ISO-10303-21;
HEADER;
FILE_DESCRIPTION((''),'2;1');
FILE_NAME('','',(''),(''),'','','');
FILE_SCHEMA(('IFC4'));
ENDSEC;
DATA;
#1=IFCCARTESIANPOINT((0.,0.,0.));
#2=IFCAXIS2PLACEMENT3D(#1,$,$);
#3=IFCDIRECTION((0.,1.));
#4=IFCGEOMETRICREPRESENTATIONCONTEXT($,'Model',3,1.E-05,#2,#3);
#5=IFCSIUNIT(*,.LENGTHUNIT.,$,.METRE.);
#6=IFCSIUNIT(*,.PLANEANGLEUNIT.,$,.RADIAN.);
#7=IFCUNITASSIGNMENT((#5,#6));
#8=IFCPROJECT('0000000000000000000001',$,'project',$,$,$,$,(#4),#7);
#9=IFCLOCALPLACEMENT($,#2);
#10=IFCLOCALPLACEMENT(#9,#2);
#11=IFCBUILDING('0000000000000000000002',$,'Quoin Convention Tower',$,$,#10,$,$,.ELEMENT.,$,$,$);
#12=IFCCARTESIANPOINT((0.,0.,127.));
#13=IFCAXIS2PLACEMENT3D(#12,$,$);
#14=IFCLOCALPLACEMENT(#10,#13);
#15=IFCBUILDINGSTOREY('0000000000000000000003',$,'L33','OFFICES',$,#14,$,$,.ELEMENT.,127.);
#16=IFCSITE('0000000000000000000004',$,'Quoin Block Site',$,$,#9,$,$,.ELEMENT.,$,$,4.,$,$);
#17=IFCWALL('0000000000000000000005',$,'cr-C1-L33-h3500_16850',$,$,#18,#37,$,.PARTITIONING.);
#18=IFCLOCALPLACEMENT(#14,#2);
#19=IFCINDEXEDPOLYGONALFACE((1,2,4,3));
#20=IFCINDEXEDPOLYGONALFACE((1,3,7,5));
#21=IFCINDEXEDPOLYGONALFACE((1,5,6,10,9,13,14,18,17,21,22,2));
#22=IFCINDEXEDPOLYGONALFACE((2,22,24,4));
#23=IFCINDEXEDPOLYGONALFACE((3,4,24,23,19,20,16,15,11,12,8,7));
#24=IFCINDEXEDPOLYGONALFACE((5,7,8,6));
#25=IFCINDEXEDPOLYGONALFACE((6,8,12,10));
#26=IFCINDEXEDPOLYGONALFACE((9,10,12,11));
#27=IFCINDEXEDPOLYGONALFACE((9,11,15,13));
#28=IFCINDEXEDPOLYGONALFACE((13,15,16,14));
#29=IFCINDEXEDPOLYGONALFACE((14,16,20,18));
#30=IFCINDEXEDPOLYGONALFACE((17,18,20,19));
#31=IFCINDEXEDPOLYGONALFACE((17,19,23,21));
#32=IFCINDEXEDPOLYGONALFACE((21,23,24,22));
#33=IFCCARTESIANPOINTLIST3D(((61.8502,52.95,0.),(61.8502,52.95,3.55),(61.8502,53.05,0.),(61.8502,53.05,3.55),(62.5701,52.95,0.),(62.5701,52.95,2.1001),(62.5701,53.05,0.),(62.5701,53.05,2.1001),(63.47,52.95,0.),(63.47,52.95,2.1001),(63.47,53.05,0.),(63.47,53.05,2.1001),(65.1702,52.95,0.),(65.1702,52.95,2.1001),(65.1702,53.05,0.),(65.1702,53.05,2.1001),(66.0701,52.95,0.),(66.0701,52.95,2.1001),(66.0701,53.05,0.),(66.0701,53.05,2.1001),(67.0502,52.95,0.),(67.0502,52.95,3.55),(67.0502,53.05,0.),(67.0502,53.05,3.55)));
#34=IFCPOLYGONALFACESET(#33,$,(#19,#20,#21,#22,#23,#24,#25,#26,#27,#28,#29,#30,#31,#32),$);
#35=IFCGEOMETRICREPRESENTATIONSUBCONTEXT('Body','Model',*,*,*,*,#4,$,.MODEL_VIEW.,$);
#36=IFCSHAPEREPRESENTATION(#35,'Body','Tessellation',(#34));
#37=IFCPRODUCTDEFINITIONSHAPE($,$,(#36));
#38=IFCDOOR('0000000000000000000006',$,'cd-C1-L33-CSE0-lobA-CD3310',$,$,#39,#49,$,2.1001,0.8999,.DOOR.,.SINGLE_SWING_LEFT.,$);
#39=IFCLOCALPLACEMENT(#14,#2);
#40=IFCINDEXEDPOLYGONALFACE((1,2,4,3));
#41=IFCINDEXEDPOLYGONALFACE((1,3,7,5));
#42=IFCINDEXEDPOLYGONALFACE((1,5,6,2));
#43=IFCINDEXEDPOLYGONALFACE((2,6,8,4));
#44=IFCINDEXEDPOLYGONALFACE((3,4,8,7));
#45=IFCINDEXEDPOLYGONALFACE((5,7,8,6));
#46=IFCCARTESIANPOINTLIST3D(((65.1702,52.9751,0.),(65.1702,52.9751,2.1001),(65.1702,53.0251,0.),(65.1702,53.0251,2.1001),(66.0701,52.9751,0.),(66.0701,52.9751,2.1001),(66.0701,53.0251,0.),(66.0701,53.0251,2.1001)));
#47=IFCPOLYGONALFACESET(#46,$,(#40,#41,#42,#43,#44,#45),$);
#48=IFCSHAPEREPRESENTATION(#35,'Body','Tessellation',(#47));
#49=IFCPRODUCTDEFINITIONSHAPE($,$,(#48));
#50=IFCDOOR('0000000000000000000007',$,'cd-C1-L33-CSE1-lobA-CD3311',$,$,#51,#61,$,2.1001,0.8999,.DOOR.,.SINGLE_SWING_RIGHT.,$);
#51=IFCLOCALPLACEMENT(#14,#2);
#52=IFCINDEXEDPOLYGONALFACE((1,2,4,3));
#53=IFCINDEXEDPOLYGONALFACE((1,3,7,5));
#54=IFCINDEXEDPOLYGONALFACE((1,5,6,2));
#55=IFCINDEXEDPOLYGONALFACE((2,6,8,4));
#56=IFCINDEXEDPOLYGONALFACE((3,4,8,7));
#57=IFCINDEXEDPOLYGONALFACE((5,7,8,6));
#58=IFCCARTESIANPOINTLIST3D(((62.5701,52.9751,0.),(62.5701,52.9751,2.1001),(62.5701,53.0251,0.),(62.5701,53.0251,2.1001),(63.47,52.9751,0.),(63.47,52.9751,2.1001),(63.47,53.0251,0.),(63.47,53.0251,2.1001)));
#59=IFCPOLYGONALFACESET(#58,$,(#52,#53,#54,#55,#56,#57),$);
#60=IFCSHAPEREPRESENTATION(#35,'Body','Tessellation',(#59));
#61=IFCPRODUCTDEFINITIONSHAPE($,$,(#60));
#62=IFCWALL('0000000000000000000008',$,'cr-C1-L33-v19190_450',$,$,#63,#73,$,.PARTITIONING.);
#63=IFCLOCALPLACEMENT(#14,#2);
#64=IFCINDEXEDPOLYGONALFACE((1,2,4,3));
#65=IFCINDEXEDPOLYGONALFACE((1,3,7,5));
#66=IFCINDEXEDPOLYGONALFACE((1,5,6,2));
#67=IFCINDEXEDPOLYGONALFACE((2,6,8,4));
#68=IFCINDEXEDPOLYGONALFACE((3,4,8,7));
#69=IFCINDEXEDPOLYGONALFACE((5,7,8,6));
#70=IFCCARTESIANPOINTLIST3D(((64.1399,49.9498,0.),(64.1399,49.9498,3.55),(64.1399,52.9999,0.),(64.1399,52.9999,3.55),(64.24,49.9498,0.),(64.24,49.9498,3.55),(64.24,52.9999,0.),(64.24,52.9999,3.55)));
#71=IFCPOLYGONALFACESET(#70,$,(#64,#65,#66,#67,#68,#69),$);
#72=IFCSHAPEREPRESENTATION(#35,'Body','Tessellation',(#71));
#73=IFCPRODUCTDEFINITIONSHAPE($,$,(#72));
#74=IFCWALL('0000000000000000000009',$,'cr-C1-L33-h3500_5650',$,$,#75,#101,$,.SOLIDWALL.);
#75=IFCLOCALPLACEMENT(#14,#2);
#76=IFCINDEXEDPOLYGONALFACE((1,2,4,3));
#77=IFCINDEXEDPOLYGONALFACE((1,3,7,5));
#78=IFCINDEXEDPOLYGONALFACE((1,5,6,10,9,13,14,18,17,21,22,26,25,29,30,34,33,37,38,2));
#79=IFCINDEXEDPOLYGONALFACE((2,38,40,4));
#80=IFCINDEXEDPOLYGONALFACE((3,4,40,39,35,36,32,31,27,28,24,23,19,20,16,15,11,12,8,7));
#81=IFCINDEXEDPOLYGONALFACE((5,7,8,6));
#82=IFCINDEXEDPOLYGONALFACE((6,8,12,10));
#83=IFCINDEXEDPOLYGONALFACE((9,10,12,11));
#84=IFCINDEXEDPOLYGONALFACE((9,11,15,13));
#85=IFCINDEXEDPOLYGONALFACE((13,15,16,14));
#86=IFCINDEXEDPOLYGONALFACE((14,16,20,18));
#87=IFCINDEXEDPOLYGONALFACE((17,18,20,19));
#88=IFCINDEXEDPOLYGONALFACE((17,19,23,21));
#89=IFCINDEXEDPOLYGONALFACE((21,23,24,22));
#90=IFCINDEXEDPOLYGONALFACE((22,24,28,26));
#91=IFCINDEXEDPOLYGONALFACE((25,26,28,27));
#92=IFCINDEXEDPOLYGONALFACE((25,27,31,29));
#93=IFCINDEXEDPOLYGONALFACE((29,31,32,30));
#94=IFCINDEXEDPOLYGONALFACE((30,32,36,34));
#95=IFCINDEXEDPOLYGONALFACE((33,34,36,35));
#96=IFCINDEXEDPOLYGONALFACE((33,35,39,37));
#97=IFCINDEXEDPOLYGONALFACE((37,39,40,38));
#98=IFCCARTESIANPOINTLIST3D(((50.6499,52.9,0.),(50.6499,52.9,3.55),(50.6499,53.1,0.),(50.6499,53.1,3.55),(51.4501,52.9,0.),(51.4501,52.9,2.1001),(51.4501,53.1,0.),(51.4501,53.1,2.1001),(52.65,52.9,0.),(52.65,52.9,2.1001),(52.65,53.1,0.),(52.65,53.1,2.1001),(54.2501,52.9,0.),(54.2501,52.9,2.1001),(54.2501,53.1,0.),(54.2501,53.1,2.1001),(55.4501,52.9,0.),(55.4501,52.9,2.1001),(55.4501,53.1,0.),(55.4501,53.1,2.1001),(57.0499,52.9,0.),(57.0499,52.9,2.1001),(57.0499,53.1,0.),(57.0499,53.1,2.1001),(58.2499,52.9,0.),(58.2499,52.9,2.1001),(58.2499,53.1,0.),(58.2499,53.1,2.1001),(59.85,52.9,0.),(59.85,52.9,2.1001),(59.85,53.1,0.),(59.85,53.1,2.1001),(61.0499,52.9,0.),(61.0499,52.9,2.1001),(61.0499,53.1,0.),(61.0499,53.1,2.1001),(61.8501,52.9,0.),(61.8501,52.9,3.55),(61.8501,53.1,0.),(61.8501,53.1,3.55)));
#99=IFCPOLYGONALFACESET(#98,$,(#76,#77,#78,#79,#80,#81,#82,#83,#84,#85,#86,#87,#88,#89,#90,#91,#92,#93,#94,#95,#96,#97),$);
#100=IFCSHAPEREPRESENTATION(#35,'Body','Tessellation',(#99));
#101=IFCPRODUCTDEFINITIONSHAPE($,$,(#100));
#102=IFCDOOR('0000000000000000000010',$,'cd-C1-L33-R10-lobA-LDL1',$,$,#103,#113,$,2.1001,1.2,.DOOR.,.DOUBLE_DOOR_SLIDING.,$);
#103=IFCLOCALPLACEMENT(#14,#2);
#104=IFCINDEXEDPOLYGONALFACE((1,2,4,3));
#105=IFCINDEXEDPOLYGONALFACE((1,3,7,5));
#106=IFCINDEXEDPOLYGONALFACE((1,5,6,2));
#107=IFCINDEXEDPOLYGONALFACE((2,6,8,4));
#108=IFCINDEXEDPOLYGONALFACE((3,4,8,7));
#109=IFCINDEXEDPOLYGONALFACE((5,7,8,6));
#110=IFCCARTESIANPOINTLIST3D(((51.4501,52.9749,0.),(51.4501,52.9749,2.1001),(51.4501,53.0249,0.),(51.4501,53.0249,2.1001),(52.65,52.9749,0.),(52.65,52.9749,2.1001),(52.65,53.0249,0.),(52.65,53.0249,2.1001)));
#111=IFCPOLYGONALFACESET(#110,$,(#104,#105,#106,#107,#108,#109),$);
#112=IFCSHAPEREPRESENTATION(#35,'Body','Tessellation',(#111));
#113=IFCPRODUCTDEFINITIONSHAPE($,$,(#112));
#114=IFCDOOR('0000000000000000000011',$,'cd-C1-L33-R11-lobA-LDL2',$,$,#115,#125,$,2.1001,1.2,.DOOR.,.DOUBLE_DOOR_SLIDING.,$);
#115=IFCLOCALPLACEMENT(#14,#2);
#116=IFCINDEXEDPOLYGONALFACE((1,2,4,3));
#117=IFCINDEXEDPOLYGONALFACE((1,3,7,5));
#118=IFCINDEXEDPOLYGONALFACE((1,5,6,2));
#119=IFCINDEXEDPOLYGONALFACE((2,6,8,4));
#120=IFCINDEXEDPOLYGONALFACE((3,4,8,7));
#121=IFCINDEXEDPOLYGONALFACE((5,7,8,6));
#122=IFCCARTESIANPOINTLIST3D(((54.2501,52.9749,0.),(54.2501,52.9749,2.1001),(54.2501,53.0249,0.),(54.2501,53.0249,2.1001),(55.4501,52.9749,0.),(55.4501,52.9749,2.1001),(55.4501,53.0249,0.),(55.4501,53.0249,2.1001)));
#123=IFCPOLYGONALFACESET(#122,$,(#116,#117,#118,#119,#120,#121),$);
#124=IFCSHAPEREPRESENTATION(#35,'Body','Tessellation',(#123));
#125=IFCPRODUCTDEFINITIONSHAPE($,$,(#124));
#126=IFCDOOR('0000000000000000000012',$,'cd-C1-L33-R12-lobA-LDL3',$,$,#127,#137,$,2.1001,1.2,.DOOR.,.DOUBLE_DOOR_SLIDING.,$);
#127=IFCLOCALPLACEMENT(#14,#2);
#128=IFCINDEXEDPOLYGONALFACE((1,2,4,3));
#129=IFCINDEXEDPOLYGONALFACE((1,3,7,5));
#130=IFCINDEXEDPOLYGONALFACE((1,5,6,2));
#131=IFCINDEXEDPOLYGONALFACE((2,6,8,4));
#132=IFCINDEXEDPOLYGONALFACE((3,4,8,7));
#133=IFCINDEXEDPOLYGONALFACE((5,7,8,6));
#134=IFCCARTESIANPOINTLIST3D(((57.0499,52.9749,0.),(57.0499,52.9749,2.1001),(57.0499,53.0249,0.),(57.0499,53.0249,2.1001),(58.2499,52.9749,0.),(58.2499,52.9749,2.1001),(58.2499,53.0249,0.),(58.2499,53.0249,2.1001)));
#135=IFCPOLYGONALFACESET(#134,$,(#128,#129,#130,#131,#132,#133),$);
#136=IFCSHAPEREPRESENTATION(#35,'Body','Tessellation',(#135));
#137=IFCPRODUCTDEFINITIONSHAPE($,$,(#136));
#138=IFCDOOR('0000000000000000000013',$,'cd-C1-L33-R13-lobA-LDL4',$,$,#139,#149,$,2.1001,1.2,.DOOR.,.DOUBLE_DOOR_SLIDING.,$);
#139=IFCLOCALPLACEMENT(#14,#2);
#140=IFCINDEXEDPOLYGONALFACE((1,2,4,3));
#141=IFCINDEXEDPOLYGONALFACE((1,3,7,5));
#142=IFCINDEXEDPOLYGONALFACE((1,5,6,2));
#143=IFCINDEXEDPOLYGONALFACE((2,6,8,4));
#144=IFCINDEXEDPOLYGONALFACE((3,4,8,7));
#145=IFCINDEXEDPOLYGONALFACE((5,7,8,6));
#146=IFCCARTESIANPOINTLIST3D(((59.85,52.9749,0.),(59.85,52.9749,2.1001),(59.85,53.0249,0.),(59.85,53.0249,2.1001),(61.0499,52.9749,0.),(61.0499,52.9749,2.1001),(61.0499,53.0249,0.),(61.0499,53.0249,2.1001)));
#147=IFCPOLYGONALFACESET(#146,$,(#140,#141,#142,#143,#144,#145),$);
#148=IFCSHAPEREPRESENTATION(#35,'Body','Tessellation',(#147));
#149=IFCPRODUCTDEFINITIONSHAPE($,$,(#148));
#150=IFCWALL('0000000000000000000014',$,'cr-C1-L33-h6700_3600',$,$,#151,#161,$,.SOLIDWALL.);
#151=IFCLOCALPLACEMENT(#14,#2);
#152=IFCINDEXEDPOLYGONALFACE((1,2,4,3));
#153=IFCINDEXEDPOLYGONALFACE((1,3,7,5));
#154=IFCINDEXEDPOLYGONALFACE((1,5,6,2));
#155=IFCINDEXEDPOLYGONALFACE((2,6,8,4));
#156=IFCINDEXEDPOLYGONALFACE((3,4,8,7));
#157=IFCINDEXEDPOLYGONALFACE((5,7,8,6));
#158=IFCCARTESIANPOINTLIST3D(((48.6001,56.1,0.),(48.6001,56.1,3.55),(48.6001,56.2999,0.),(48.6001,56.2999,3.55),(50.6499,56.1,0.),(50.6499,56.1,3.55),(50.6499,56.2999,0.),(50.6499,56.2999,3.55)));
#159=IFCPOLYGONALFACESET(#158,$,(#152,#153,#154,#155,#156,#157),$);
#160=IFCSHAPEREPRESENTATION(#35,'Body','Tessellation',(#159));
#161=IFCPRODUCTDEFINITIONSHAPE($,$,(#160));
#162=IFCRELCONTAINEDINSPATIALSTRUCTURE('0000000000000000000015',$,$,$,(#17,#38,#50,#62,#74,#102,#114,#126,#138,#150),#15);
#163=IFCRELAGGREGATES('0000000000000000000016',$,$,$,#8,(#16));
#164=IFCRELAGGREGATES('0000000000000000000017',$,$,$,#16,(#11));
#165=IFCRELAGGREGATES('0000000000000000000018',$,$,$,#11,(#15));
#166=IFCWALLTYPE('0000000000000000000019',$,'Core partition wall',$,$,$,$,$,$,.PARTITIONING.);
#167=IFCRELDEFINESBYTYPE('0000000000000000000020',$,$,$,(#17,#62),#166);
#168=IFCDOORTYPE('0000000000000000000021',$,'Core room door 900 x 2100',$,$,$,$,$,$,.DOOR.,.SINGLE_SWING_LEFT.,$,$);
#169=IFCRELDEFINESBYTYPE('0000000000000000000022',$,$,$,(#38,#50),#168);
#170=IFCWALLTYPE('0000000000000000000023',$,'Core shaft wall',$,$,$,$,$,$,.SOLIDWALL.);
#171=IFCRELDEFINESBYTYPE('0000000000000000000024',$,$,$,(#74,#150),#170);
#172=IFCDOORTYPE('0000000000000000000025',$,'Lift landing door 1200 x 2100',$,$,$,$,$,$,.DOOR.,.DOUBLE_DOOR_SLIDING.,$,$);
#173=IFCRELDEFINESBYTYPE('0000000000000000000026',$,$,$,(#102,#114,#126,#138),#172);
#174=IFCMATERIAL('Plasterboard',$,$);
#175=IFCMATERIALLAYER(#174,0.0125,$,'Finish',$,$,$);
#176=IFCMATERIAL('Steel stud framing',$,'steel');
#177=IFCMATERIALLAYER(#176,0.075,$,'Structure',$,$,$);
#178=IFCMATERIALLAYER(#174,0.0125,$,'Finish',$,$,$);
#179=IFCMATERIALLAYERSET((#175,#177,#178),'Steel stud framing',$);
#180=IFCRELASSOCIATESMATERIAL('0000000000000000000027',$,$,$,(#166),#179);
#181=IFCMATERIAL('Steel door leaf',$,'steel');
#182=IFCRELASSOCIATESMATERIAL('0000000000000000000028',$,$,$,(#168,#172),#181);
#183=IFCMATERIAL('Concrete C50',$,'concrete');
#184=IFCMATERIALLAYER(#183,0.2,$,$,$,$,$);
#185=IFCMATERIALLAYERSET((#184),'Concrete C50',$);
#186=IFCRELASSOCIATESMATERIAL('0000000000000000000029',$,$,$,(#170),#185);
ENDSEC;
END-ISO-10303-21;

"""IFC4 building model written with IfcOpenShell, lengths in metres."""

from ifc_helpers import new_model, si_unit, direction, frame, frame_2d, origin, place, context, subcontext, project, spatial, rectangle, extrude, material, layer, layer_set, type_object, element, fill, save


model = new_model("IFC4")

# Units and contexts
model_context = context("Model", 3, precision=1e-05, world=origin(), true_north=direction((0.0, 1.0)))
body_context = subcontext(model_context, "Body", "Model", "MODEL_VIEW")
ifc_project = project(units=[si_unit("LENGTHUNIT", "METRE"), si_unit("PLANEANGLEUNIT", "RADIAN")], contexts=[model_context])

# Site, building, storey
site_placement = place(None, origin())
site = spatial("IfcSite", under=ifc_project, at=site_placement, Name="Quoin Block Site", CompositionType="ELEMENT", RefElevation=4.0)
building_placement = place(site_placement, origin())
building = spatial("IfcBuilding", under=site, at=building_placement, Name="Quoin Convention Tower", CompositionType="ELEMENT")
storey_placement = place(building_placement, frame((0.0, 0.0, 127.0)))
storey = spatial("IfcBuildingStorey", under=building, at=storey_placement, Name="L33", Description="OFFICES", CompositionType="ELEMENT", Elevation=127.0)

# Wall, openings, doors
ifc_material_1 = material(Name="Plasterboard")
ifc_layer_1 = layer(ifc_material_1, 0.0125, Name="Finish")
ifc_material_2 = material(Name="Steel stud framing", Category="steel")
ifc_layer_2 = layer(ifc_material_2, 0.075, Name="Structure")
ifc_layer_3 = layer(ifc_material_1, 0.0125, Name="Finish")
ifc_layer_set_1 = layer_set([ifc_layer_1, ifc_layer_2, ifc_layer_3], Name="Steel stud framing")
wall_type_1 = type_object("IfcWallType", Name="Core partition wall", PredefinedType="PARTITIONING", material=ifc_layer_set_1)
wall_1_placement = place(storey_placement, frame((61.8501, 53.0, 0.0), z_axis=(0.0, 0.0, 1.0), x_axis=(1.0, 0.0, 0.0)))
wall_1 = element("IfcWall", 1, at=wall_1_placement, inside=storey, type_object=wall_type_1, Name="cr-C1-L33-h3500_16850", PredefinedType="PARTITIONING", context=body_context, shape_type="SweptSolid", body=[
    extrude(rectangle(XDim=5.2, YDim=0.1001, at=frame_2d((2.6001, 0.0))), origin(), (0.0, 0.0, 1.0), 3.55),
])
opening_1_placement = place(wall_1_placement, frame((3.3201, 0.0, 0.0)))
opening_1 = element("IfcOpeningElement", 2, at=opening_1_placement, cuts=wall_1, PredefinedType="OPENING", context=body_context, shape_type="SweptSolid", body=[
    extrude(rectangle(XDim=0.8999, YDim=2.1001, at=frame_2d((0.45, 1.05))), frame((0.0, 0.0601, 0.0), z_axis=(0.0, -1.0, 0.0), x_axis=(1.0, 0.0, 0.0)), (0.0, 0.0, 1.0), 0.1201),
])
opening_2_placement = place(wall_1_placement, frame((0.72, 0.0, 0.0)))
opening_2 = element("IfcOpeningElement", 3, at=opening_2_placement, cuts=wall_1, PredefinedType="OPENING", context=body_context, shape_type="SweptSolid", body=[
    extrude(rectangle(XDim=0.8999, YDim=2.1001, at=frame_2d((0.45, 1.05))), frame((0.0, 0.0601, 0.0), z_axis=(0.0, -1.0, 0.0), x_axis=(1.0, 0.0, 0.0)), (0.0, 0.0, 1.0), 0.1201),
])
ifc_material_3 = material(Name="Steel door leaf", Category="steel")
door_type_1 = type_object("IfcDoorType", Name="Core room door 900 x 2100", OperationType="SINGLE_SWING_LEFT", PredefinedType="DOOR", material=ifc_material_3)
door_1_placement = place(opening_1_placement, frame((0.8999, 0.0, 0.0), z_axis=(0.0, 0.0, 1.0), x_axis=(-1.0, 0.0, 0.0)))
door_1 = element("IfcDoor", 4, at=door_1_placement, inside=storey, type_object=door_type_1, Name="cd-C1-L33-CSE0-lobA-CD3310", OperationType="SINGLE_SWING_LEFT", OverallHeight=2.1001, OverallWidth=0.8999, PredefinedType="DOOR", context=body_context, shape_type="SweptSolid", body=[
    extrude(rectangle(XDim=0.8999, YDim=2.1001, at=frame_2d((0.45, 1.05))), frame((0.0, 0.0249, 0.0), z_axis=(0.0, -1.0, 0.0), x_axis=(1.0, 0.0, 0.0)), (0.0, 0.0, 1.0), 0.05),
])
fill(opening_1, door_1)
door_2_placement = place(opening_2_placement, frame((0.8999, 0.0, 0.0), z_axis=(0.0, 0.0, 1.0), x_axis=(-1.0, 0.0, 0.0)))
door_2 = element("IfcDoor", 5, at=door_2_placement, inside=storey, type_object=door_type_1, Name="cd-C1-L33-CSE1-lobA-CD3311", OperationType="SINGLE_SWING_RIGHT", OverallHeight=2.1001, OverallWidth=0.8999, PredefinedType="DOOR", context=body_context, shape_type="SweptSolid", body=[
    extrude(rectangle(XDim=0.8999, YDim=2.1001, at=frame_2d((0.45, 1.05))), frame((0.0, 0.0249, 0.0), z_axis=(0.0, -1.0, 0.0), x_axis=(1.0, 0.0, 0.0)), (0.0, 0.0, 1.0), 0.05),
])
fill(opening_2, door_2)

# Wall
wall_2_placement = place(storey_placement, frame((64.1899, 49.95, 0.0), z_axis=(0.0, 0.0, 1.0), x_axis=(0.0, 1.0, 0.0)))
element("IfcWall", 6, at=wall_2_placement, inside=storey, type_object=wall_type_1, Name="cr-C1-L33-v19190_450", PredefinedType="PARTITIONING", context=body_context, shape_type="SweptSolid", body=[
    extrude(rectangle(XDim=3.05, YDim=0.1001, at=frame_2d((1.5249, 0.0))), origin(), (0.0, 0.0, 1.0), 3.55),
])

# Wall, openings, doors
ifc_material_4 = material(Name="Concrete C50", Category="concrete")
ifc_layer_4 = layer(ifc_material_4, 0.2)
ifc_layer_set_2 = layer_set([ifc_layer_4], Name="Concrete C50")
wall_type_2 = type_object("IfcWallType", Name="Core shaft wall", PredefinedType="SOLIDWALL", material=ifc_layer_set_2)
wall_3_placement = place(storey_placement, frame((50.6499, 53.0, 0.0), z_axis=(0.0, 0.0, 1.0), x_axis=(1.0, 0.0, 0.0)))
wall_3 = element("IfcWall", 7, at=wall_3_placement, inside=storey, type_object=wall_type_2, Name="cr-C1-L33-h3500_5650", PredefinedType="SOLIDWALL", context=body_context, shape_type="SweptSolid", body=[
    extrude(rectangle(XDim=11.2002, YDim=0.2, at=frame_2d((5.6001, 0.0))), origin(), (0.0, 0.0, 1.0), 3.55),
])
opening_3_placement = place(wall_3_placement, frame((0.8, 0.0, 0.0)))
opening_3 = element("IfcOpeningElement", 8, at=opening_3_placement, cuts=wall_3, PredefinedType="OPENING", context=body_context, shape_type="SweptSolid", body=[
    extrude(rectangle(XDim=1.2, YDim=2.1001, at=frame_2d((0.6001, 1.05))), frame((0.0, 0.1099, 0.0), z_axis=(0.0, -1.0, 0.0), x_axis=(1.0, 0.0, 0.0)), (0.0, 0.0, 1.0), 0.22),
])
opening_4_placement = place(wall_3_placement, frame((3.6001, 0.0, 0.0)))
opening_4 = element("IfcOpeningElement", 9, at=opening_4_placement, cuts=wall_3, PredefinedType="OPENING", context=body_context, shape_type="SweptSolid", body=[
    extrude(rectangle(XDim=1.2, YDim=2.1001, at=frame_2d((0.6001, 1.05))), frame((0.0, 0.1099, 0.0), z_axis=(0.0, -1.0, 0.0), x_axis=(1.0, 0.0, 0.0)), (0.0, 0.0, 1.0), 0.22),
])
opening_5_placement = place(wall_3_placement, frame((6.3999, 0.0, 0.0)))
opening_5 = element("IfcOpeningElement", 10, at=opening_5_placement, cuts=wall_3, PredefinedType="OPENING", context=body_context, shape_type="SweptSolid", body=[
    extrude(rectangle(XDim=1.2, YDim=2.1001, at=frame_2d((0.6001, 1.05))), frame((0.0, 0.1099, 0.0), z_axis=(0.0, -1.0, 0.0), x_axis=(1.0, 0.0, 0.0)), (0.0, 0.0, 1.0), 0.22),
])
opening_6_placement = place(wall_3_placement, frame((9.2, 0.0, 0.0)))
opening_6 = element("IfcOpeningElement", 11, at=opening_6_placement, cuts=wall_3, PredefinedType="OPENING", context=body_context, shape_type="SweptSolid", body=[
    extrude(rectangle(XDim=1.2, YDim=2.1001, at=frame_2d((0.6001, 1.05))), frame((0.0, 0.1099, 0.0), z_axis=(0.0, -1.0, 0.0), x_axis=(1.0, 0.0, 0.0)), (0.0, 0.0, 1.0), 0.22),
])
door_type_2 = type_object("IfcDoorType", Name="Lift landing door 1200 x 2100", OperationType="DOUBLE_DOOR_SLIDING", PredefinedType="DOOR", material=ifc_material_3)
door_3_placement = place(opening_3_placement, origin())
door_3 = element("IfcDoor", 12, at=door_3_placement, inside=storey, type_object=door_type_2, Name="cd-C1-L33-R10-lobA-LDL1", OperationType="DOUBLE_DOOR_SLIDING", OverallHeight=2.1001, OverallWidth=1.2, PredefinedType="DOOR", context=body_context, shape_type="SweptSolid", body=[
    extrude(rectangle(XDim=1.2, YDim=2.1001, at=frame_2d((0.6001, 1.05))), frame((0.0, 0.0249, 0.0), z_axis=(0.0, -1.0, 0.0), x_axis=(1.0, 0.0, 0.0)), (0.0, 0.0, 1.0), 0.05),
])
fill(opening_3, door_3)
door_4_placement = place(opening_4_placement, origin())
door_4 = element("IfcDoor", 13, at=door_4_placement, inside=storey, type_object=door_type_2, Name="cd-C1-L33-R11-lobA-LDL2", OperationType="DOUBLE_DOOR_SLIDING", OverallHeight=2.1001, OverallWidth=1.2, PredefinedType="DOOR", context=body_context, shape_type="SweptSolid", body=[
    extrude(rectangle(XDim=1.2, YDim=2.1001, at=frame_2d((0.6001, 1.05))), frame((0.0, 0.0249, 0.0), z_axis=(0.0, -1.0, 0.0), x_axis=(1.0, 0.0, 0.0)), (0.0, 0.0, 1.0), 0.05),
])
fill(opening_4, door_4)
door_5_placement = place(opening_5_placement, origin())
door_5 = element("IfcDoor", 14, at=door_5_placement, inside=storey, type_object=door_type_2, Name="cd-C1-L33-R12-lobA-LDL3", OperationType="DOUBLE_DOOR_SLIDING", OverallHeight=2.1001, OverallWidth=1.2, PredefinedType="DOOR", context=body_context, shape_type="SweptSolid", body=[
    extrude(rectangle(XDim=1.2, YDim=2.1001, at=frame_2d((0.6001, 1.05))), frame((0.0, 0.0249, 0.0), z_axis=(0.0, -1.0, 0.0), x_axis=(1.0, 0.0, 0.0)), (0.0, 0.0, 1.0), 0.05),
])
fill(opening_5, door_5)
door_6_placement = place(opening_6_placement, origin())
door_6 = element("IfcDoor", 15, at=door_6_placement, inside=storey, type_object=door_type_2, Name="cd-C1-L33-R13-lobA-LDL4", OperationType="DOUBLE_DOOR_SLIDING", OverallHeight=2.1001, OverallWidth=1.2, PredefinedType="DOOR", context=body_context, shape_type="SweptSolid", body=[
    extrude(rectangle(XDim=1.2, YDim=2.1001, at=frame_2d((0.6001, 1.05))), frame((0.0, 0.0249, 0.0), z_axis=(0.0, -1.0, 0.0), x_axis=(1.0, 0.0, 0.0)), (0.0, 0.0, 1.0), 0.05),
])
fill(opening_6, door_6)

# Wall
for number, where, z_axis, x_axis, name in (
    (16, (48.6001, 56.2, 0.0), (0.0, 0.0, 1.0), (1.0, 0.0, 0.0), "cr-C1-L33-h6700_3600"),
):
    element("IfcWall", number, at=place(storey_placement, frame(where, z_axis=z_axis, x_axis=x_axis)), inside=storey, type_object=wall_type_2, Name=name, PredefinedType="SOLIDWALL", context=body_context, shape_type="SweptSolid", body=[
        extrude(rectangle(XDim=2.0498, YDim=0.2, at=frame_2d((1.0249, 0.0))), origin(), (0.0, 0.0, 1.0), 3.55),
    ])

save(model, "model.ifc")
